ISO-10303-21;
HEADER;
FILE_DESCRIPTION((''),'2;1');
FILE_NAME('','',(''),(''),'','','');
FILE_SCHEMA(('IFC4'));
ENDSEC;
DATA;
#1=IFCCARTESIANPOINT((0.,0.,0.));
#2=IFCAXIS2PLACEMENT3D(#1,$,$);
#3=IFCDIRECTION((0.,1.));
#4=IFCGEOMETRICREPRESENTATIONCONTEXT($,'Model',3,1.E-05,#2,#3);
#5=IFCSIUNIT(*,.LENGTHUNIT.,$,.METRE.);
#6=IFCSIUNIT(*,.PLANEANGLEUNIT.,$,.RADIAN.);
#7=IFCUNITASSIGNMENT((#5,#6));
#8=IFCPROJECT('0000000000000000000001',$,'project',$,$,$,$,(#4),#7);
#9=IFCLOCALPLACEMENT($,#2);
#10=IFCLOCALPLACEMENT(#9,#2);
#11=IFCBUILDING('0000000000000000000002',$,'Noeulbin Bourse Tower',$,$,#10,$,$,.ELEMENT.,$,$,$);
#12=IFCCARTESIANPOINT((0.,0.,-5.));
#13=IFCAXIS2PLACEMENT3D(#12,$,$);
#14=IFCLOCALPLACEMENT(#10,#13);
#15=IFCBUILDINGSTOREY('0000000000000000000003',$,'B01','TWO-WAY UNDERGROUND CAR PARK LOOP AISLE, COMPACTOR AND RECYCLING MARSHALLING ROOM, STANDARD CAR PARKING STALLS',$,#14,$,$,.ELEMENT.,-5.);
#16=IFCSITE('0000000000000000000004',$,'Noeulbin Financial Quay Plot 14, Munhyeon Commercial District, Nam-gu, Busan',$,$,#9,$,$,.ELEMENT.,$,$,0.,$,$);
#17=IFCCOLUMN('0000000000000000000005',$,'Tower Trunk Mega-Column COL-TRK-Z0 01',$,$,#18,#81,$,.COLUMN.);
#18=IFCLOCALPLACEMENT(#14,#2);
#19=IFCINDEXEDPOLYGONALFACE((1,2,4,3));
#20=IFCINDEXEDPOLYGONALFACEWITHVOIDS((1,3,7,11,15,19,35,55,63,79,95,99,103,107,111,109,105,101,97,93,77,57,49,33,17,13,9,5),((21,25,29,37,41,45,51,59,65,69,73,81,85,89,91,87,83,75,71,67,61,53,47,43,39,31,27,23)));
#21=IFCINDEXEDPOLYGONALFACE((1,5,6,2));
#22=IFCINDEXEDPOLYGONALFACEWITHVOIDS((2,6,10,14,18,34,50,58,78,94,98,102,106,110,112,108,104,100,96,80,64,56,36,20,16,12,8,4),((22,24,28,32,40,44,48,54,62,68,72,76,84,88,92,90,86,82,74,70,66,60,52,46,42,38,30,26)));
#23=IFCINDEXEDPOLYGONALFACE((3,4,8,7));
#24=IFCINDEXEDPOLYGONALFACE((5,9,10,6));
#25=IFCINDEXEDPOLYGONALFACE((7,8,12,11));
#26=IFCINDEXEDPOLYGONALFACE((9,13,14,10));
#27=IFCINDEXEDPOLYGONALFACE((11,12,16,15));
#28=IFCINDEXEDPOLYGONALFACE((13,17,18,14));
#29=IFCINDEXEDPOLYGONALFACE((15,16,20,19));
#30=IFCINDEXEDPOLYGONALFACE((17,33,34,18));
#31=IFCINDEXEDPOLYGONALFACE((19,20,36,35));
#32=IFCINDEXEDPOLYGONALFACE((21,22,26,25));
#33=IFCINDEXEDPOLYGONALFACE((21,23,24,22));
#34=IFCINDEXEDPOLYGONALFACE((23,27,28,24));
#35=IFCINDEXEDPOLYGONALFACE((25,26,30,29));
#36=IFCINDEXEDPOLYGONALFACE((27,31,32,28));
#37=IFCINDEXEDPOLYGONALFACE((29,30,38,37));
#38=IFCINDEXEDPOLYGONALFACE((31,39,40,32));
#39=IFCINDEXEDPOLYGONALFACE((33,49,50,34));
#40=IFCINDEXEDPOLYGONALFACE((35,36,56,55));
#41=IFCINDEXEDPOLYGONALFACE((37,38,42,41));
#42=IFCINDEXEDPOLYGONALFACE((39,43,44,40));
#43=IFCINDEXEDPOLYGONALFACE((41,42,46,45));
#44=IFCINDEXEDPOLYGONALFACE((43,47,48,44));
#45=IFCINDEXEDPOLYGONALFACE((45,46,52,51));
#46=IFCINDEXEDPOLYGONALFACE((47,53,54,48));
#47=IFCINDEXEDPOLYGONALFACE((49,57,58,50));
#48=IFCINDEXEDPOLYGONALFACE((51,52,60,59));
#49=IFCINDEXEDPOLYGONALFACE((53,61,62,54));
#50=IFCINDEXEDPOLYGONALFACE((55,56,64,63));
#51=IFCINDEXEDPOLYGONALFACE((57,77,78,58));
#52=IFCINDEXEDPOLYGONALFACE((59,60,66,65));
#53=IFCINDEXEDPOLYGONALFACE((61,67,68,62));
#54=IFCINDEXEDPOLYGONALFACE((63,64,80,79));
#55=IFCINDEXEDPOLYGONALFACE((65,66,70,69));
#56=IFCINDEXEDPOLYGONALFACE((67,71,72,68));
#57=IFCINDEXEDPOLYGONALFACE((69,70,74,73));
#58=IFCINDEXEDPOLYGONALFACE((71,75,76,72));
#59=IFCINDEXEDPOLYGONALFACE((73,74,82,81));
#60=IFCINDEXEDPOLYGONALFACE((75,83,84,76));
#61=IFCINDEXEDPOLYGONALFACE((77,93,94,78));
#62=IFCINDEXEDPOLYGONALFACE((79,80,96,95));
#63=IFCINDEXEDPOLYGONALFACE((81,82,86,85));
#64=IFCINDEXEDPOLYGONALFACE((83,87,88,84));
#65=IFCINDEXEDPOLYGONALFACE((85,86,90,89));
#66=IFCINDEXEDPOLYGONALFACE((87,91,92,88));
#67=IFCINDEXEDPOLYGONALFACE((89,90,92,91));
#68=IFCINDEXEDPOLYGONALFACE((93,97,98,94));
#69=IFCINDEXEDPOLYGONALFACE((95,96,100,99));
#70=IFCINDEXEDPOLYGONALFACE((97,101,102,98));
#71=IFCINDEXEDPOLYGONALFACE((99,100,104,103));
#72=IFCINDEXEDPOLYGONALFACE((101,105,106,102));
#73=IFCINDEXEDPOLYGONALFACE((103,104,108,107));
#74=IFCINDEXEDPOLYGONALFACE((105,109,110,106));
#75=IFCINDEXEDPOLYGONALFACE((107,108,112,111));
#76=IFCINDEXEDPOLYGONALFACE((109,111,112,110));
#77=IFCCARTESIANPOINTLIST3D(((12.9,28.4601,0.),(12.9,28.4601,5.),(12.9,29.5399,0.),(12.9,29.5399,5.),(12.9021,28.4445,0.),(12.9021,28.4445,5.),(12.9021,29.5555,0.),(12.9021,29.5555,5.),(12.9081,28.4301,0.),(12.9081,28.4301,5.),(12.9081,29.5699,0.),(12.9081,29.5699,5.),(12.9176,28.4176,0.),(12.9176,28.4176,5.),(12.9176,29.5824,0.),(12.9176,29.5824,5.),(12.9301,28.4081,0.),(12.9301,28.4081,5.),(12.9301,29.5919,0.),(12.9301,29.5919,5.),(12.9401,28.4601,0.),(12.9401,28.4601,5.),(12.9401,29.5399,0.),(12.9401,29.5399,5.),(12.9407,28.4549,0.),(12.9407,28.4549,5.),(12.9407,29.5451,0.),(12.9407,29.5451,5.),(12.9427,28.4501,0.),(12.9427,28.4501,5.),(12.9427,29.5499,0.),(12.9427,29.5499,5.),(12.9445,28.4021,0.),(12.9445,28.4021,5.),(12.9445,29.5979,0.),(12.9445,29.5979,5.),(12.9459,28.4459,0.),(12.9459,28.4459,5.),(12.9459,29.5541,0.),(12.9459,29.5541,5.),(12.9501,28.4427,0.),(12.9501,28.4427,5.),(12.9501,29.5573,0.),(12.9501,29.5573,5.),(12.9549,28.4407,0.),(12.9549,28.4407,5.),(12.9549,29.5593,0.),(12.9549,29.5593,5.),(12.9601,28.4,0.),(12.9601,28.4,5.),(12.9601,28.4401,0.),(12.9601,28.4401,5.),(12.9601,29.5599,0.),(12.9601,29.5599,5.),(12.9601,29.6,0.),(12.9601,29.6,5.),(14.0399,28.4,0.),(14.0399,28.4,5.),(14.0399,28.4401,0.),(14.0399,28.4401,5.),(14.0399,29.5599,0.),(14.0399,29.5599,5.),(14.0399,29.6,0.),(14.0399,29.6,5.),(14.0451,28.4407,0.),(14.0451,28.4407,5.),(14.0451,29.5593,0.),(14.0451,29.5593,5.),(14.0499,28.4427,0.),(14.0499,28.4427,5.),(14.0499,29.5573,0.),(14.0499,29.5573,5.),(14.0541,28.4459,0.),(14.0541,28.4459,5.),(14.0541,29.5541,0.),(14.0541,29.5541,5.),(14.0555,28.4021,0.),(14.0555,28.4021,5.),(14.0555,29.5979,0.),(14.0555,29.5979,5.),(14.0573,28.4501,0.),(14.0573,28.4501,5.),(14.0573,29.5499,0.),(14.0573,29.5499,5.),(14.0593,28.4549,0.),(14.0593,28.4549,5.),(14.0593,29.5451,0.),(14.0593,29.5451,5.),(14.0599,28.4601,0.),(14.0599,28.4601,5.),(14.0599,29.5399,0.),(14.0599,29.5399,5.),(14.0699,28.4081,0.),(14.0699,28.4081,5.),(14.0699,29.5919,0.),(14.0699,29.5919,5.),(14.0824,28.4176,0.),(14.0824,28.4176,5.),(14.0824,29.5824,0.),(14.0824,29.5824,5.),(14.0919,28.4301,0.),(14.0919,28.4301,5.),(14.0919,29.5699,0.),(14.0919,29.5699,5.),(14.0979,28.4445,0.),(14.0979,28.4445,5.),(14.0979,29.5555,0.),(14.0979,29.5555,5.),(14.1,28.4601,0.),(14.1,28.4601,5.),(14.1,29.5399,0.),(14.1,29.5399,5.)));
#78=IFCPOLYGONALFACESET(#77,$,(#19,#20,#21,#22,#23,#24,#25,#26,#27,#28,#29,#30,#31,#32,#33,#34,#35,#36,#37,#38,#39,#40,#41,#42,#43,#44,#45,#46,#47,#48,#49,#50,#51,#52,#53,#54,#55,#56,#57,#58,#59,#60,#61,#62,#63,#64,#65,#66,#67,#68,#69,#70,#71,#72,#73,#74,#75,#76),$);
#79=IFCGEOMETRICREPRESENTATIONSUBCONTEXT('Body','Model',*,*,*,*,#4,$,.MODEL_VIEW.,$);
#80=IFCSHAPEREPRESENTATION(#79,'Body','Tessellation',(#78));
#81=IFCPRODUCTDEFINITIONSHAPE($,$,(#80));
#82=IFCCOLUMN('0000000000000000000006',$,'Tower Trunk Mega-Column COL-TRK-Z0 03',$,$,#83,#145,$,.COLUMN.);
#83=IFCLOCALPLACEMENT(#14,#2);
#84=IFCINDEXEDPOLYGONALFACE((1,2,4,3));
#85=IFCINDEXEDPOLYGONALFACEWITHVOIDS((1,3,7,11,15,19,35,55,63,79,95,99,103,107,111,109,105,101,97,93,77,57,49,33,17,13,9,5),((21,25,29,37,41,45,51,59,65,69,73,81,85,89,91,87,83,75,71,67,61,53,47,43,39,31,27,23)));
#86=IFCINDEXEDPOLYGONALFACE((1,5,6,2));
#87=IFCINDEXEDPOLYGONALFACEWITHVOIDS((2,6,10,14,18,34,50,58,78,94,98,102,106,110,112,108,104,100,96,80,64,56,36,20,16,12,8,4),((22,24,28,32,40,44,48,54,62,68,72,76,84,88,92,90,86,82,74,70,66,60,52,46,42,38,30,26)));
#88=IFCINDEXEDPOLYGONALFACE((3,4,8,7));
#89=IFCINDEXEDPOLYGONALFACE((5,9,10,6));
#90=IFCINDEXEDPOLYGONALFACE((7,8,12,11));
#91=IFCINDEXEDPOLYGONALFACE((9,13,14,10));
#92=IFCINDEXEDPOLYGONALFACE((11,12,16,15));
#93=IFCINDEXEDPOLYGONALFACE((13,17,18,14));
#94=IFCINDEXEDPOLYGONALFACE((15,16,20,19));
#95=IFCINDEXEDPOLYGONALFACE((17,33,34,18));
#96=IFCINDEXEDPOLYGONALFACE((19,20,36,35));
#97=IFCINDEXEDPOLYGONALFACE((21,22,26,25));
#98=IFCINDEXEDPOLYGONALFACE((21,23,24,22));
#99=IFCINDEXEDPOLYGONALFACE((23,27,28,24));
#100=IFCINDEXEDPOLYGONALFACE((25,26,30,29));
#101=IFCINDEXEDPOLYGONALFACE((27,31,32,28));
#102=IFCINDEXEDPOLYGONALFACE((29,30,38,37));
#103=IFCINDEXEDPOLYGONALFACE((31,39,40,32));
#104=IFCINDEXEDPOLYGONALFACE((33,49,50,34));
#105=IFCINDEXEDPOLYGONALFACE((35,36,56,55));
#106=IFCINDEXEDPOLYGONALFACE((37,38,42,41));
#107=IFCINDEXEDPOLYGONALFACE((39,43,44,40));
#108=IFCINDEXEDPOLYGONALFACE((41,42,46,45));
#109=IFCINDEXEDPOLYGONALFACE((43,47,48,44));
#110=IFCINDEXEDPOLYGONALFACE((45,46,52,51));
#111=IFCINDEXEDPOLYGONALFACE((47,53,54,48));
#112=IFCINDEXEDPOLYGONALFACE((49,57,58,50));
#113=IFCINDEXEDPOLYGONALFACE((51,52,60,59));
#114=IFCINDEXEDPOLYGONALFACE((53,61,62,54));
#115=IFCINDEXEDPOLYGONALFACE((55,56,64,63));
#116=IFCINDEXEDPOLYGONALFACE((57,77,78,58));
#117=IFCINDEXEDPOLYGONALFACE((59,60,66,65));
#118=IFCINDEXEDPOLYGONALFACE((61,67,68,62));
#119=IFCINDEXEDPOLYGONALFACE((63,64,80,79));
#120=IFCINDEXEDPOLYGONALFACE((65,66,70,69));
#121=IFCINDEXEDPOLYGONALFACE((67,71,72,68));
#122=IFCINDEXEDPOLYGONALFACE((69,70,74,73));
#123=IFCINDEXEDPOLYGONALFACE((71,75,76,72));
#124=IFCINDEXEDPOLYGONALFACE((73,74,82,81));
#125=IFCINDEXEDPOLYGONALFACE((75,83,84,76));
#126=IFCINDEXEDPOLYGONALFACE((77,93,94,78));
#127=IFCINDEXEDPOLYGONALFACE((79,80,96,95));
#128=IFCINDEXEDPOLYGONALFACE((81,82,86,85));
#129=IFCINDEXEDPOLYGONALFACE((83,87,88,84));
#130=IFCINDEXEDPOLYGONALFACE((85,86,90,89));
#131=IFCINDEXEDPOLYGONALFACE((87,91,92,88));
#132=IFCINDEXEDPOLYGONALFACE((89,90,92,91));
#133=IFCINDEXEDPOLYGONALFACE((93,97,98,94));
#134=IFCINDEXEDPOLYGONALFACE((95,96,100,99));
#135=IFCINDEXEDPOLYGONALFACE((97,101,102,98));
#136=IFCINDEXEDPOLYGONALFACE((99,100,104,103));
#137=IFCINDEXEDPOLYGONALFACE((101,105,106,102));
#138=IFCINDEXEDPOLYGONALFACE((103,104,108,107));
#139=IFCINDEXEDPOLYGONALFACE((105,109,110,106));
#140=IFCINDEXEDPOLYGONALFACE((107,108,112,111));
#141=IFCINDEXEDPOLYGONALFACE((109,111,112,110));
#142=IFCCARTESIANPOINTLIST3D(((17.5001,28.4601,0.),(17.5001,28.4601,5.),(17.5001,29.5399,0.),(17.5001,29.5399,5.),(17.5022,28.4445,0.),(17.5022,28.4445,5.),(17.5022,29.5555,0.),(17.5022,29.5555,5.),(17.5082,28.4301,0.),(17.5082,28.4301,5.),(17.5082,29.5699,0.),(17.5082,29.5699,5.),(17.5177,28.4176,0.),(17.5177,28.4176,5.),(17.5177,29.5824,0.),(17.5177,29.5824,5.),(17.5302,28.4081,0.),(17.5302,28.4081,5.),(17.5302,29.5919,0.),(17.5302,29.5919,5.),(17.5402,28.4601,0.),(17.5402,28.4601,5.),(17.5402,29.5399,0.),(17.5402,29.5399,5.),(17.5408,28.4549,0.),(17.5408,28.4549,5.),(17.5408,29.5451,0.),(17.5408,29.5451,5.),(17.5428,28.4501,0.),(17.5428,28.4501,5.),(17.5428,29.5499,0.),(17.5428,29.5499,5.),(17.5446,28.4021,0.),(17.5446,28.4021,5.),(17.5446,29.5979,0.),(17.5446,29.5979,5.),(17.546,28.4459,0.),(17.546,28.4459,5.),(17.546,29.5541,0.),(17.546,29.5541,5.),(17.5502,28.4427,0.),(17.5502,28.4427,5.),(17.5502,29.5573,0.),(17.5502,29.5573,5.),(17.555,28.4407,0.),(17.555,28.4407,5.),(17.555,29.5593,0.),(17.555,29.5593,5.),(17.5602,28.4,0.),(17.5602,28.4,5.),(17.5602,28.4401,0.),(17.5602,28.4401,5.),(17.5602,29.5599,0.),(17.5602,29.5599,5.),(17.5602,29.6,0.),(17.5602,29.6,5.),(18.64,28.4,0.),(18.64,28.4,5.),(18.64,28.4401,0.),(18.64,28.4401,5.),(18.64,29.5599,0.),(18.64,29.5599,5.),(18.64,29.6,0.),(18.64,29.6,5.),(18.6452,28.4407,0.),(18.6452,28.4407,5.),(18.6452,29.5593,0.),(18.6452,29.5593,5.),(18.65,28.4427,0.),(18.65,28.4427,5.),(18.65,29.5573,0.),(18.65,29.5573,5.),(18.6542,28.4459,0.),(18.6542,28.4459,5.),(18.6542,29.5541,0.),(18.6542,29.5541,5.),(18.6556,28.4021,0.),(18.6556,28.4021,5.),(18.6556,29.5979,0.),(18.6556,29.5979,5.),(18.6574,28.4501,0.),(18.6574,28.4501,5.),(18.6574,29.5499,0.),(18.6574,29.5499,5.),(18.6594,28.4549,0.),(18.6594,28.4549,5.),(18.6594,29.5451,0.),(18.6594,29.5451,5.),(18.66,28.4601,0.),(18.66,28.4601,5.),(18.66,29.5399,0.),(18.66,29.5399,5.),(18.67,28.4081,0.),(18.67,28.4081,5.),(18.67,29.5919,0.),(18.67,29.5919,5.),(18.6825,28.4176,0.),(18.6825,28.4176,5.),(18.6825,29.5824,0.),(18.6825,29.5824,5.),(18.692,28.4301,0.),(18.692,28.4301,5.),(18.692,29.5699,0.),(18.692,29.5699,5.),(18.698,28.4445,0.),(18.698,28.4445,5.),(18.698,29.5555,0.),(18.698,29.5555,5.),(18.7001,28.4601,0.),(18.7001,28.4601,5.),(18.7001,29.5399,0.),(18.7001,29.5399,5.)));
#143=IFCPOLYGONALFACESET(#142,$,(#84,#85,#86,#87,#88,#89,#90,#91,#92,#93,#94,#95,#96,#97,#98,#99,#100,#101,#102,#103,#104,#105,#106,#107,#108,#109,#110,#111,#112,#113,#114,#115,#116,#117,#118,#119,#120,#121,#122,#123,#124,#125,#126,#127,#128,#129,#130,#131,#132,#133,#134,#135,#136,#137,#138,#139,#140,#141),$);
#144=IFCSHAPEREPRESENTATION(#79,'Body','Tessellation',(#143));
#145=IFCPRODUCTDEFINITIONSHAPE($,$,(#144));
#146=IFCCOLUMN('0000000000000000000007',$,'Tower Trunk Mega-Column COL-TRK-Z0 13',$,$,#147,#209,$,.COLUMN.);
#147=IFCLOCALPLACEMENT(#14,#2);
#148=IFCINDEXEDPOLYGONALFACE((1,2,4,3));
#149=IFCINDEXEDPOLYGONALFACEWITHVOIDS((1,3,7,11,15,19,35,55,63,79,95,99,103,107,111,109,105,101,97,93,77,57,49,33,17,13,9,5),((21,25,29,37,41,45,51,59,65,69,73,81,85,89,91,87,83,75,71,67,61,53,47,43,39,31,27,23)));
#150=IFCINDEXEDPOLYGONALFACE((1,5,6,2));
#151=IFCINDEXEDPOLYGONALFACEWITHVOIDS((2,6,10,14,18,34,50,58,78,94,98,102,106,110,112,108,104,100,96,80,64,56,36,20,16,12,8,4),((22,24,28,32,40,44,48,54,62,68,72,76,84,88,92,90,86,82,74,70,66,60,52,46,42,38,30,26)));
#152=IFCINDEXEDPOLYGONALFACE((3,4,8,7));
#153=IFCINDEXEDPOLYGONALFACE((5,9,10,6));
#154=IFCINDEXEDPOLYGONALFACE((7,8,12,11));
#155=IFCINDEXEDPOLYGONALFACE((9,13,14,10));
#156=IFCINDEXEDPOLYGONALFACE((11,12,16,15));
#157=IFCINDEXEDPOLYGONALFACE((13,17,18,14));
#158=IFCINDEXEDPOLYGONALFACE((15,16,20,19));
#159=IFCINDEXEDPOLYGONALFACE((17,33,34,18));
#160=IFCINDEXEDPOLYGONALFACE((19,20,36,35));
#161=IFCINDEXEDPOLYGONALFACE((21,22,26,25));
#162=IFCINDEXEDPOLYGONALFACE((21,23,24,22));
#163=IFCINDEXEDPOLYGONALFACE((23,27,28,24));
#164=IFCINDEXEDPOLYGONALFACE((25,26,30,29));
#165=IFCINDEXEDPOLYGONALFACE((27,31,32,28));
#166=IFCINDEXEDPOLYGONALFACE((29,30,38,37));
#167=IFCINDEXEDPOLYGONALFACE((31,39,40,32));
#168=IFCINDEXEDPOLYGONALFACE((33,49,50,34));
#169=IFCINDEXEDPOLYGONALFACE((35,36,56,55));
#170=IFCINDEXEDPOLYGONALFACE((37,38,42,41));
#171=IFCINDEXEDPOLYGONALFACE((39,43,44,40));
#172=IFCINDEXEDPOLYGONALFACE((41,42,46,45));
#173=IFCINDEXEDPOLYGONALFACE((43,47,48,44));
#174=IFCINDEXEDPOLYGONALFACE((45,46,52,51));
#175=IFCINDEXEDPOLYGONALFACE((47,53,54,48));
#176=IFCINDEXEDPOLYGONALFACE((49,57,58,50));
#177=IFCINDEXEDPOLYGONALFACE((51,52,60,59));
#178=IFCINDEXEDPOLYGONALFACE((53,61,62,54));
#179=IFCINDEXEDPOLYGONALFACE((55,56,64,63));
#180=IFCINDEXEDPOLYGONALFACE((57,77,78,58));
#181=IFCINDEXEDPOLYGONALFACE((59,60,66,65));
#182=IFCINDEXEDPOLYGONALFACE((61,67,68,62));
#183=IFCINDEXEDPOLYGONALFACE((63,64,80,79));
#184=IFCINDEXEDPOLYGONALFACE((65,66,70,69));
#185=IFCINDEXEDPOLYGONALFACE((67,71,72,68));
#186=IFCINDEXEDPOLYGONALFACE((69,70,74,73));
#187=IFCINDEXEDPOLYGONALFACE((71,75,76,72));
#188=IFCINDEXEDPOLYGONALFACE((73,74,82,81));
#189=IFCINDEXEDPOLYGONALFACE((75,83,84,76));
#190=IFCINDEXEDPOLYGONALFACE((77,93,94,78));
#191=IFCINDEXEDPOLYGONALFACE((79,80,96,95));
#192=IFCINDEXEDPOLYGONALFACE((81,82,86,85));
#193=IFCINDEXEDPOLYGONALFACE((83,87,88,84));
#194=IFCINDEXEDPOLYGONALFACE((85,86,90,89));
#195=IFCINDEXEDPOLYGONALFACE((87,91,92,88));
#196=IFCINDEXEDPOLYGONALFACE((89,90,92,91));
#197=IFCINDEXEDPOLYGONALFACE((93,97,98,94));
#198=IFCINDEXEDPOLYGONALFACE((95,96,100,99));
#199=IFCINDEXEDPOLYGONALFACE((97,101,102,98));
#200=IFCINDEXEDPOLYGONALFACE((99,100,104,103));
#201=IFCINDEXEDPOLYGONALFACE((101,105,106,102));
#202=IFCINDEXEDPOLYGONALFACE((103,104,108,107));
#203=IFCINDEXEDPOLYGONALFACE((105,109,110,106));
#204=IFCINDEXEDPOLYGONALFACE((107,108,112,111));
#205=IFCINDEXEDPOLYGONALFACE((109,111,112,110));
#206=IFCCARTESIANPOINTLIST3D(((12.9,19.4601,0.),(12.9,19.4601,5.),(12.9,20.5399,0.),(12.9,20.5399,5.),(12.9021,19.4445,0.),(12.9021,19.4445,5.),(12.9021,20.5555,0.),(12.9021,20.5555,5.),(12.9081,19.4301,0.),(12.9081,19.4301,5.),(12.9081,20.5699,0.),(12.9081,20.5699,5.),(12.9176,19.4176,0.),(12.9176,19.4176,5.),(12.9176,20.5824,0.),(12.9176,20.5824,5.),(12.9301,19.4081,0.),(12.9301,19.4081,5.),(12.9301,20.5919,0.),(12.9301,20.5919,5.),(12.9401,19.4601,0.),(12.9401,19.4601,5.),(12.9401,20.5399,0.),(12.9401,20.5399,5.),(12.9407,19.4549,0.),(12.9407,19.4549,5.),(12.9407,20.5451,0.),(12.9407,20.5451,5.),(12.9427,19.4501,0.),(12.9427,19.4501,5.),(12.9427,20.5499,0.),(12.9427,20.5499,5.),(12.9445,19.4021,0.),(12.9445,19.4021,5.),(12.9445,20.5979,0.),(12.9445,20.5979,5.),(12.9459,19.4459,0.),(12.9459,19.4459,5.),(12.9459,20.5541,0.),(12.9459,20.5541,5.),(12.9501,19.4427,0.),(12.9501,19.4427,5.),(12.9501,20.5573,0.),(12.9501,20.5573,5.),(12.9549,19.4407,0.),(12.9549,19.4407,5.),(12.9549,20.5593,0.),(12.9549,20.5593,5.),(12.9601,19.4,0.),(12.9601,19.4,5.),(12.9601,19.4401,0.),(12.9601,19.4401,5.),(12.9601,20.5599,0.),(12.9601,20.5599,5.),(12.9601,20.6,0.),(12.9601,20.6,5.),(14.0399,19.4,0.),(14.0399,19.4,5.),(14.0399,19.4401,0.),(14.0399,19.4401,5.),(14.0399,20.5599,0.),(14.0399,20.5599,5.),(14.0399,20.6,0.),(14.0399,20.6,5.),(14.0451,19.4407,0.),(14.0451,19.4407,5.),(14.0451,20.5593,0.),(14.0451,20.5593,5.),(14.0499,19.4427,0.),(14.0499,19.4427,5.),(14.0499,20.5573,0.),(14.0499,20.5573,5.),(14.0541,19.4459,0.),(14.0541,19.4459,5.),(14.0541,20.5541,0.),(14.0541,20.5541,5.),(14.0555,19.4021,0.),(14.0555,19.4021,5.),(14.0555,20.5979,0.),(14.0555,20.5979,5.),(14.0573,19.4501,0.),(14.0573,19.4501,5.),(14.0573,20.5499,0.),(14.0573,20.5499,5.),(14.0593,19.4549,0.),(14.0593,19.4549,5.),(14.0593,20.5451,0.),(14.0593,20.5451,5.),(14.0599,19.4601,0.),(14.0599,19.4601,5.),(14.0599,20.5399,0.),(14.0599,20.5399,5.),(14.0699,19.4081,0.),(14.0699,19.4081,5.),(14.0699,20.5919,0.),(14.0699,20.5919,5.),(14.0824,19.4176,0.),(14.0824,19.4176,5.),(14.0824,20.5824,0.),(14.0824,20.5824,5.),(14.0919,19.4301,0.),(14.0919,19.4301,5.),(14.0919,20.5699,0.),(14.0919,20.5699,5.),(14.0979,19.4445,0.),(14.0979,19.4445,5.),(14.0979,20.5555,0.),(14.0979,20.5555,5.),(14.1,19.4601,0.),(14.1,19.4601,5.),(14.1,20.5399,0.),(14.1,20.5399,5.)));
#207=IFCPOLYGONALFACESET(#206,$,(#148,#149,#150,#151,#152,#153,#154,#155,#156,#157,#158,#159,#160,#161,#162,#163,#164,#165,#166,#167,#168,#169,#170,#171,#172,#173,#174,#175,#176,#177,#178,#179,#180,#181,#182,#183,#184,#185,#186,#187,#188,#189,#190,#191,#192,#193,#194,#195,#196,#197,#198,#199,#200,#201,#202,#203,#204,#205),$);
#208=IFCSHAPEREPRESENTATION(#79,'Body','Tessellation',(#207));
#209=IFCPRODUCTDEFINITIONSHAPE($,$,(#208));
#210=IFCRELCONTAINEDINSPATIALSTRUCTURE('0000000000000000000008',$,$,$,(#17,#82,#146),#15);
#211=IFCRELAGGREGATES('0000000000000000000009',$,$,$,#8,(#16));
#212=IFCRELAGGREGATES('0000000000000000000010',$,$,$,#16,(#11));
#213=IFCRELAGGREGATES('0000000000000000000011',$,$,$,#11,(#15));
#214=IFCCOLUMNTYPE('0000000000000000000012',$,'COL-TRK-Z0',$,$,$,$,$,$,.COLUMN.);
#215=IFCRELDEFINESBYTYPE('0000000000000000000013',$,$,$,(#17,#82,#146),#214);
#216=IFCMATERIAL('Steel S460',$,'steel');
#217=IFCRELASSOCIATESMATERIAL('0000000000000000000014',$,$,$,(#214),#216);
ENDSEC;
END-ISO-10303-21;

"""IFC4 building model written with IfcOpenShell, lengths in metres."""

from ifc_helpers import new_model, si_unit, direction, frame, origin, origin_2d, place, context, subcontext, project, spatial, hollow_rectangle, extrude, material, material_profile, profile_set, type_object, element, save


model = new_model("IFC4")

# Units and contexts
model_context = context("Model", 3, precision=1e-05, world=origin(), true_north=direction((0.0, 1.0)))
body_context = subcontext(model_context, "Body", "Model", "MODEL_VIEW")
ifc_project = project(units=[si_unit("LENGTHUNIT", "METRE"), si_unit("PLANEANGLEUNIT", "RADIAN")], contexts=[model_context])

# Site, building, storey
site_placement = place(None, origin())
site = spatial("IfcSite", under=ifc_project, at=site_placement, Name="Noeulbin Financial Quay Plot 14, Munhyeon Commercial District, Nam-gu, Busan", CompositionType="ELEMENT", RefElevation=0.0)
building_placement = place(site_placement, origin())
building = spatial("IfcBuilding", under=site, at=building_placement, Name="Noeulbin Bourse Tower", CompositionType="ELEMENT")
storey_placement = place(building_placement, frame((0.0, 0.0, -5.0)))
storey = spatial("IfcBuildingStorey", under=building, at=storey_placement, Name="B01", Description="TWO-WAY UNDERGROUND CAR PARK LOOP AISLE, COMPACTOR AND RECYCLING MARSHALLING ROOM, STANDARD CAR PARKING STALLS", CompositionType="ELEMENT", Elevation=-5.0)

# Columns
ifc_material_1 = material(Name="Steel S460", Category="steel")
ifc_material_profile_1 = material_profile(ifc_material_1, hollow_rectangle(XDim=1.2, YDim=1.2, WallThickness=0.04, InnerFilletRadius=0.02, OuterFilletRadius=0.0601, at=origin_2d()), Name="BOX-1200x1200x40", Category="LoadBearing")
ifc_profile_set_1 = profile_set([ifc_material_profile_1], Name="Steel S460")
column_type = type_object("IfcColumnType", Name="COL-TRK-Z0", PredefinedType="COLUMN", material=ifc_profile_set_1)
for number, where, z_axis, x_axis, name in (
    (1, (13.5, 29.0, 0.0), (0.0, 0.0, 1.0), (1.0, 0.0, 0.0), "Tower Trunk Mega-Column COL-TRK-Z0 01"),
    (2, (18.1001, 29.0, 0.0), (0.0, 0.0, 1.0), (1.0, 0.0, 0.0), "Tower Trunk Mega-Column COL-TRK-Z0 03"),
    (3, (13.5, 20.0, 0.0), (0.0, 0.0, 1.0), (1.0, 0.0, 0.0), "Tower Trunk Mega-Column COL-TRK-Z0 13"),
):
    element("IfcColumn", number, at=place(storey_placement, frame(where, z_axis=z_axis, x_axis=x_axis)), inside=storey, type_object=column_type, Name=name, PredefinedType="COLUMN", context=body_context, shape_type="SweptSolid", body=[
        extrude(hollow_rectangle(XDim=1.2, YDim=1.2, WallThickness=0.04, InnerFilletRadius=0.02, OuterFilletRadius=0.0601, at=origin_2d()), origin(), (0.0, 0.0, 1.0), 5.0),
    ])

save(model, "model.ifc")
